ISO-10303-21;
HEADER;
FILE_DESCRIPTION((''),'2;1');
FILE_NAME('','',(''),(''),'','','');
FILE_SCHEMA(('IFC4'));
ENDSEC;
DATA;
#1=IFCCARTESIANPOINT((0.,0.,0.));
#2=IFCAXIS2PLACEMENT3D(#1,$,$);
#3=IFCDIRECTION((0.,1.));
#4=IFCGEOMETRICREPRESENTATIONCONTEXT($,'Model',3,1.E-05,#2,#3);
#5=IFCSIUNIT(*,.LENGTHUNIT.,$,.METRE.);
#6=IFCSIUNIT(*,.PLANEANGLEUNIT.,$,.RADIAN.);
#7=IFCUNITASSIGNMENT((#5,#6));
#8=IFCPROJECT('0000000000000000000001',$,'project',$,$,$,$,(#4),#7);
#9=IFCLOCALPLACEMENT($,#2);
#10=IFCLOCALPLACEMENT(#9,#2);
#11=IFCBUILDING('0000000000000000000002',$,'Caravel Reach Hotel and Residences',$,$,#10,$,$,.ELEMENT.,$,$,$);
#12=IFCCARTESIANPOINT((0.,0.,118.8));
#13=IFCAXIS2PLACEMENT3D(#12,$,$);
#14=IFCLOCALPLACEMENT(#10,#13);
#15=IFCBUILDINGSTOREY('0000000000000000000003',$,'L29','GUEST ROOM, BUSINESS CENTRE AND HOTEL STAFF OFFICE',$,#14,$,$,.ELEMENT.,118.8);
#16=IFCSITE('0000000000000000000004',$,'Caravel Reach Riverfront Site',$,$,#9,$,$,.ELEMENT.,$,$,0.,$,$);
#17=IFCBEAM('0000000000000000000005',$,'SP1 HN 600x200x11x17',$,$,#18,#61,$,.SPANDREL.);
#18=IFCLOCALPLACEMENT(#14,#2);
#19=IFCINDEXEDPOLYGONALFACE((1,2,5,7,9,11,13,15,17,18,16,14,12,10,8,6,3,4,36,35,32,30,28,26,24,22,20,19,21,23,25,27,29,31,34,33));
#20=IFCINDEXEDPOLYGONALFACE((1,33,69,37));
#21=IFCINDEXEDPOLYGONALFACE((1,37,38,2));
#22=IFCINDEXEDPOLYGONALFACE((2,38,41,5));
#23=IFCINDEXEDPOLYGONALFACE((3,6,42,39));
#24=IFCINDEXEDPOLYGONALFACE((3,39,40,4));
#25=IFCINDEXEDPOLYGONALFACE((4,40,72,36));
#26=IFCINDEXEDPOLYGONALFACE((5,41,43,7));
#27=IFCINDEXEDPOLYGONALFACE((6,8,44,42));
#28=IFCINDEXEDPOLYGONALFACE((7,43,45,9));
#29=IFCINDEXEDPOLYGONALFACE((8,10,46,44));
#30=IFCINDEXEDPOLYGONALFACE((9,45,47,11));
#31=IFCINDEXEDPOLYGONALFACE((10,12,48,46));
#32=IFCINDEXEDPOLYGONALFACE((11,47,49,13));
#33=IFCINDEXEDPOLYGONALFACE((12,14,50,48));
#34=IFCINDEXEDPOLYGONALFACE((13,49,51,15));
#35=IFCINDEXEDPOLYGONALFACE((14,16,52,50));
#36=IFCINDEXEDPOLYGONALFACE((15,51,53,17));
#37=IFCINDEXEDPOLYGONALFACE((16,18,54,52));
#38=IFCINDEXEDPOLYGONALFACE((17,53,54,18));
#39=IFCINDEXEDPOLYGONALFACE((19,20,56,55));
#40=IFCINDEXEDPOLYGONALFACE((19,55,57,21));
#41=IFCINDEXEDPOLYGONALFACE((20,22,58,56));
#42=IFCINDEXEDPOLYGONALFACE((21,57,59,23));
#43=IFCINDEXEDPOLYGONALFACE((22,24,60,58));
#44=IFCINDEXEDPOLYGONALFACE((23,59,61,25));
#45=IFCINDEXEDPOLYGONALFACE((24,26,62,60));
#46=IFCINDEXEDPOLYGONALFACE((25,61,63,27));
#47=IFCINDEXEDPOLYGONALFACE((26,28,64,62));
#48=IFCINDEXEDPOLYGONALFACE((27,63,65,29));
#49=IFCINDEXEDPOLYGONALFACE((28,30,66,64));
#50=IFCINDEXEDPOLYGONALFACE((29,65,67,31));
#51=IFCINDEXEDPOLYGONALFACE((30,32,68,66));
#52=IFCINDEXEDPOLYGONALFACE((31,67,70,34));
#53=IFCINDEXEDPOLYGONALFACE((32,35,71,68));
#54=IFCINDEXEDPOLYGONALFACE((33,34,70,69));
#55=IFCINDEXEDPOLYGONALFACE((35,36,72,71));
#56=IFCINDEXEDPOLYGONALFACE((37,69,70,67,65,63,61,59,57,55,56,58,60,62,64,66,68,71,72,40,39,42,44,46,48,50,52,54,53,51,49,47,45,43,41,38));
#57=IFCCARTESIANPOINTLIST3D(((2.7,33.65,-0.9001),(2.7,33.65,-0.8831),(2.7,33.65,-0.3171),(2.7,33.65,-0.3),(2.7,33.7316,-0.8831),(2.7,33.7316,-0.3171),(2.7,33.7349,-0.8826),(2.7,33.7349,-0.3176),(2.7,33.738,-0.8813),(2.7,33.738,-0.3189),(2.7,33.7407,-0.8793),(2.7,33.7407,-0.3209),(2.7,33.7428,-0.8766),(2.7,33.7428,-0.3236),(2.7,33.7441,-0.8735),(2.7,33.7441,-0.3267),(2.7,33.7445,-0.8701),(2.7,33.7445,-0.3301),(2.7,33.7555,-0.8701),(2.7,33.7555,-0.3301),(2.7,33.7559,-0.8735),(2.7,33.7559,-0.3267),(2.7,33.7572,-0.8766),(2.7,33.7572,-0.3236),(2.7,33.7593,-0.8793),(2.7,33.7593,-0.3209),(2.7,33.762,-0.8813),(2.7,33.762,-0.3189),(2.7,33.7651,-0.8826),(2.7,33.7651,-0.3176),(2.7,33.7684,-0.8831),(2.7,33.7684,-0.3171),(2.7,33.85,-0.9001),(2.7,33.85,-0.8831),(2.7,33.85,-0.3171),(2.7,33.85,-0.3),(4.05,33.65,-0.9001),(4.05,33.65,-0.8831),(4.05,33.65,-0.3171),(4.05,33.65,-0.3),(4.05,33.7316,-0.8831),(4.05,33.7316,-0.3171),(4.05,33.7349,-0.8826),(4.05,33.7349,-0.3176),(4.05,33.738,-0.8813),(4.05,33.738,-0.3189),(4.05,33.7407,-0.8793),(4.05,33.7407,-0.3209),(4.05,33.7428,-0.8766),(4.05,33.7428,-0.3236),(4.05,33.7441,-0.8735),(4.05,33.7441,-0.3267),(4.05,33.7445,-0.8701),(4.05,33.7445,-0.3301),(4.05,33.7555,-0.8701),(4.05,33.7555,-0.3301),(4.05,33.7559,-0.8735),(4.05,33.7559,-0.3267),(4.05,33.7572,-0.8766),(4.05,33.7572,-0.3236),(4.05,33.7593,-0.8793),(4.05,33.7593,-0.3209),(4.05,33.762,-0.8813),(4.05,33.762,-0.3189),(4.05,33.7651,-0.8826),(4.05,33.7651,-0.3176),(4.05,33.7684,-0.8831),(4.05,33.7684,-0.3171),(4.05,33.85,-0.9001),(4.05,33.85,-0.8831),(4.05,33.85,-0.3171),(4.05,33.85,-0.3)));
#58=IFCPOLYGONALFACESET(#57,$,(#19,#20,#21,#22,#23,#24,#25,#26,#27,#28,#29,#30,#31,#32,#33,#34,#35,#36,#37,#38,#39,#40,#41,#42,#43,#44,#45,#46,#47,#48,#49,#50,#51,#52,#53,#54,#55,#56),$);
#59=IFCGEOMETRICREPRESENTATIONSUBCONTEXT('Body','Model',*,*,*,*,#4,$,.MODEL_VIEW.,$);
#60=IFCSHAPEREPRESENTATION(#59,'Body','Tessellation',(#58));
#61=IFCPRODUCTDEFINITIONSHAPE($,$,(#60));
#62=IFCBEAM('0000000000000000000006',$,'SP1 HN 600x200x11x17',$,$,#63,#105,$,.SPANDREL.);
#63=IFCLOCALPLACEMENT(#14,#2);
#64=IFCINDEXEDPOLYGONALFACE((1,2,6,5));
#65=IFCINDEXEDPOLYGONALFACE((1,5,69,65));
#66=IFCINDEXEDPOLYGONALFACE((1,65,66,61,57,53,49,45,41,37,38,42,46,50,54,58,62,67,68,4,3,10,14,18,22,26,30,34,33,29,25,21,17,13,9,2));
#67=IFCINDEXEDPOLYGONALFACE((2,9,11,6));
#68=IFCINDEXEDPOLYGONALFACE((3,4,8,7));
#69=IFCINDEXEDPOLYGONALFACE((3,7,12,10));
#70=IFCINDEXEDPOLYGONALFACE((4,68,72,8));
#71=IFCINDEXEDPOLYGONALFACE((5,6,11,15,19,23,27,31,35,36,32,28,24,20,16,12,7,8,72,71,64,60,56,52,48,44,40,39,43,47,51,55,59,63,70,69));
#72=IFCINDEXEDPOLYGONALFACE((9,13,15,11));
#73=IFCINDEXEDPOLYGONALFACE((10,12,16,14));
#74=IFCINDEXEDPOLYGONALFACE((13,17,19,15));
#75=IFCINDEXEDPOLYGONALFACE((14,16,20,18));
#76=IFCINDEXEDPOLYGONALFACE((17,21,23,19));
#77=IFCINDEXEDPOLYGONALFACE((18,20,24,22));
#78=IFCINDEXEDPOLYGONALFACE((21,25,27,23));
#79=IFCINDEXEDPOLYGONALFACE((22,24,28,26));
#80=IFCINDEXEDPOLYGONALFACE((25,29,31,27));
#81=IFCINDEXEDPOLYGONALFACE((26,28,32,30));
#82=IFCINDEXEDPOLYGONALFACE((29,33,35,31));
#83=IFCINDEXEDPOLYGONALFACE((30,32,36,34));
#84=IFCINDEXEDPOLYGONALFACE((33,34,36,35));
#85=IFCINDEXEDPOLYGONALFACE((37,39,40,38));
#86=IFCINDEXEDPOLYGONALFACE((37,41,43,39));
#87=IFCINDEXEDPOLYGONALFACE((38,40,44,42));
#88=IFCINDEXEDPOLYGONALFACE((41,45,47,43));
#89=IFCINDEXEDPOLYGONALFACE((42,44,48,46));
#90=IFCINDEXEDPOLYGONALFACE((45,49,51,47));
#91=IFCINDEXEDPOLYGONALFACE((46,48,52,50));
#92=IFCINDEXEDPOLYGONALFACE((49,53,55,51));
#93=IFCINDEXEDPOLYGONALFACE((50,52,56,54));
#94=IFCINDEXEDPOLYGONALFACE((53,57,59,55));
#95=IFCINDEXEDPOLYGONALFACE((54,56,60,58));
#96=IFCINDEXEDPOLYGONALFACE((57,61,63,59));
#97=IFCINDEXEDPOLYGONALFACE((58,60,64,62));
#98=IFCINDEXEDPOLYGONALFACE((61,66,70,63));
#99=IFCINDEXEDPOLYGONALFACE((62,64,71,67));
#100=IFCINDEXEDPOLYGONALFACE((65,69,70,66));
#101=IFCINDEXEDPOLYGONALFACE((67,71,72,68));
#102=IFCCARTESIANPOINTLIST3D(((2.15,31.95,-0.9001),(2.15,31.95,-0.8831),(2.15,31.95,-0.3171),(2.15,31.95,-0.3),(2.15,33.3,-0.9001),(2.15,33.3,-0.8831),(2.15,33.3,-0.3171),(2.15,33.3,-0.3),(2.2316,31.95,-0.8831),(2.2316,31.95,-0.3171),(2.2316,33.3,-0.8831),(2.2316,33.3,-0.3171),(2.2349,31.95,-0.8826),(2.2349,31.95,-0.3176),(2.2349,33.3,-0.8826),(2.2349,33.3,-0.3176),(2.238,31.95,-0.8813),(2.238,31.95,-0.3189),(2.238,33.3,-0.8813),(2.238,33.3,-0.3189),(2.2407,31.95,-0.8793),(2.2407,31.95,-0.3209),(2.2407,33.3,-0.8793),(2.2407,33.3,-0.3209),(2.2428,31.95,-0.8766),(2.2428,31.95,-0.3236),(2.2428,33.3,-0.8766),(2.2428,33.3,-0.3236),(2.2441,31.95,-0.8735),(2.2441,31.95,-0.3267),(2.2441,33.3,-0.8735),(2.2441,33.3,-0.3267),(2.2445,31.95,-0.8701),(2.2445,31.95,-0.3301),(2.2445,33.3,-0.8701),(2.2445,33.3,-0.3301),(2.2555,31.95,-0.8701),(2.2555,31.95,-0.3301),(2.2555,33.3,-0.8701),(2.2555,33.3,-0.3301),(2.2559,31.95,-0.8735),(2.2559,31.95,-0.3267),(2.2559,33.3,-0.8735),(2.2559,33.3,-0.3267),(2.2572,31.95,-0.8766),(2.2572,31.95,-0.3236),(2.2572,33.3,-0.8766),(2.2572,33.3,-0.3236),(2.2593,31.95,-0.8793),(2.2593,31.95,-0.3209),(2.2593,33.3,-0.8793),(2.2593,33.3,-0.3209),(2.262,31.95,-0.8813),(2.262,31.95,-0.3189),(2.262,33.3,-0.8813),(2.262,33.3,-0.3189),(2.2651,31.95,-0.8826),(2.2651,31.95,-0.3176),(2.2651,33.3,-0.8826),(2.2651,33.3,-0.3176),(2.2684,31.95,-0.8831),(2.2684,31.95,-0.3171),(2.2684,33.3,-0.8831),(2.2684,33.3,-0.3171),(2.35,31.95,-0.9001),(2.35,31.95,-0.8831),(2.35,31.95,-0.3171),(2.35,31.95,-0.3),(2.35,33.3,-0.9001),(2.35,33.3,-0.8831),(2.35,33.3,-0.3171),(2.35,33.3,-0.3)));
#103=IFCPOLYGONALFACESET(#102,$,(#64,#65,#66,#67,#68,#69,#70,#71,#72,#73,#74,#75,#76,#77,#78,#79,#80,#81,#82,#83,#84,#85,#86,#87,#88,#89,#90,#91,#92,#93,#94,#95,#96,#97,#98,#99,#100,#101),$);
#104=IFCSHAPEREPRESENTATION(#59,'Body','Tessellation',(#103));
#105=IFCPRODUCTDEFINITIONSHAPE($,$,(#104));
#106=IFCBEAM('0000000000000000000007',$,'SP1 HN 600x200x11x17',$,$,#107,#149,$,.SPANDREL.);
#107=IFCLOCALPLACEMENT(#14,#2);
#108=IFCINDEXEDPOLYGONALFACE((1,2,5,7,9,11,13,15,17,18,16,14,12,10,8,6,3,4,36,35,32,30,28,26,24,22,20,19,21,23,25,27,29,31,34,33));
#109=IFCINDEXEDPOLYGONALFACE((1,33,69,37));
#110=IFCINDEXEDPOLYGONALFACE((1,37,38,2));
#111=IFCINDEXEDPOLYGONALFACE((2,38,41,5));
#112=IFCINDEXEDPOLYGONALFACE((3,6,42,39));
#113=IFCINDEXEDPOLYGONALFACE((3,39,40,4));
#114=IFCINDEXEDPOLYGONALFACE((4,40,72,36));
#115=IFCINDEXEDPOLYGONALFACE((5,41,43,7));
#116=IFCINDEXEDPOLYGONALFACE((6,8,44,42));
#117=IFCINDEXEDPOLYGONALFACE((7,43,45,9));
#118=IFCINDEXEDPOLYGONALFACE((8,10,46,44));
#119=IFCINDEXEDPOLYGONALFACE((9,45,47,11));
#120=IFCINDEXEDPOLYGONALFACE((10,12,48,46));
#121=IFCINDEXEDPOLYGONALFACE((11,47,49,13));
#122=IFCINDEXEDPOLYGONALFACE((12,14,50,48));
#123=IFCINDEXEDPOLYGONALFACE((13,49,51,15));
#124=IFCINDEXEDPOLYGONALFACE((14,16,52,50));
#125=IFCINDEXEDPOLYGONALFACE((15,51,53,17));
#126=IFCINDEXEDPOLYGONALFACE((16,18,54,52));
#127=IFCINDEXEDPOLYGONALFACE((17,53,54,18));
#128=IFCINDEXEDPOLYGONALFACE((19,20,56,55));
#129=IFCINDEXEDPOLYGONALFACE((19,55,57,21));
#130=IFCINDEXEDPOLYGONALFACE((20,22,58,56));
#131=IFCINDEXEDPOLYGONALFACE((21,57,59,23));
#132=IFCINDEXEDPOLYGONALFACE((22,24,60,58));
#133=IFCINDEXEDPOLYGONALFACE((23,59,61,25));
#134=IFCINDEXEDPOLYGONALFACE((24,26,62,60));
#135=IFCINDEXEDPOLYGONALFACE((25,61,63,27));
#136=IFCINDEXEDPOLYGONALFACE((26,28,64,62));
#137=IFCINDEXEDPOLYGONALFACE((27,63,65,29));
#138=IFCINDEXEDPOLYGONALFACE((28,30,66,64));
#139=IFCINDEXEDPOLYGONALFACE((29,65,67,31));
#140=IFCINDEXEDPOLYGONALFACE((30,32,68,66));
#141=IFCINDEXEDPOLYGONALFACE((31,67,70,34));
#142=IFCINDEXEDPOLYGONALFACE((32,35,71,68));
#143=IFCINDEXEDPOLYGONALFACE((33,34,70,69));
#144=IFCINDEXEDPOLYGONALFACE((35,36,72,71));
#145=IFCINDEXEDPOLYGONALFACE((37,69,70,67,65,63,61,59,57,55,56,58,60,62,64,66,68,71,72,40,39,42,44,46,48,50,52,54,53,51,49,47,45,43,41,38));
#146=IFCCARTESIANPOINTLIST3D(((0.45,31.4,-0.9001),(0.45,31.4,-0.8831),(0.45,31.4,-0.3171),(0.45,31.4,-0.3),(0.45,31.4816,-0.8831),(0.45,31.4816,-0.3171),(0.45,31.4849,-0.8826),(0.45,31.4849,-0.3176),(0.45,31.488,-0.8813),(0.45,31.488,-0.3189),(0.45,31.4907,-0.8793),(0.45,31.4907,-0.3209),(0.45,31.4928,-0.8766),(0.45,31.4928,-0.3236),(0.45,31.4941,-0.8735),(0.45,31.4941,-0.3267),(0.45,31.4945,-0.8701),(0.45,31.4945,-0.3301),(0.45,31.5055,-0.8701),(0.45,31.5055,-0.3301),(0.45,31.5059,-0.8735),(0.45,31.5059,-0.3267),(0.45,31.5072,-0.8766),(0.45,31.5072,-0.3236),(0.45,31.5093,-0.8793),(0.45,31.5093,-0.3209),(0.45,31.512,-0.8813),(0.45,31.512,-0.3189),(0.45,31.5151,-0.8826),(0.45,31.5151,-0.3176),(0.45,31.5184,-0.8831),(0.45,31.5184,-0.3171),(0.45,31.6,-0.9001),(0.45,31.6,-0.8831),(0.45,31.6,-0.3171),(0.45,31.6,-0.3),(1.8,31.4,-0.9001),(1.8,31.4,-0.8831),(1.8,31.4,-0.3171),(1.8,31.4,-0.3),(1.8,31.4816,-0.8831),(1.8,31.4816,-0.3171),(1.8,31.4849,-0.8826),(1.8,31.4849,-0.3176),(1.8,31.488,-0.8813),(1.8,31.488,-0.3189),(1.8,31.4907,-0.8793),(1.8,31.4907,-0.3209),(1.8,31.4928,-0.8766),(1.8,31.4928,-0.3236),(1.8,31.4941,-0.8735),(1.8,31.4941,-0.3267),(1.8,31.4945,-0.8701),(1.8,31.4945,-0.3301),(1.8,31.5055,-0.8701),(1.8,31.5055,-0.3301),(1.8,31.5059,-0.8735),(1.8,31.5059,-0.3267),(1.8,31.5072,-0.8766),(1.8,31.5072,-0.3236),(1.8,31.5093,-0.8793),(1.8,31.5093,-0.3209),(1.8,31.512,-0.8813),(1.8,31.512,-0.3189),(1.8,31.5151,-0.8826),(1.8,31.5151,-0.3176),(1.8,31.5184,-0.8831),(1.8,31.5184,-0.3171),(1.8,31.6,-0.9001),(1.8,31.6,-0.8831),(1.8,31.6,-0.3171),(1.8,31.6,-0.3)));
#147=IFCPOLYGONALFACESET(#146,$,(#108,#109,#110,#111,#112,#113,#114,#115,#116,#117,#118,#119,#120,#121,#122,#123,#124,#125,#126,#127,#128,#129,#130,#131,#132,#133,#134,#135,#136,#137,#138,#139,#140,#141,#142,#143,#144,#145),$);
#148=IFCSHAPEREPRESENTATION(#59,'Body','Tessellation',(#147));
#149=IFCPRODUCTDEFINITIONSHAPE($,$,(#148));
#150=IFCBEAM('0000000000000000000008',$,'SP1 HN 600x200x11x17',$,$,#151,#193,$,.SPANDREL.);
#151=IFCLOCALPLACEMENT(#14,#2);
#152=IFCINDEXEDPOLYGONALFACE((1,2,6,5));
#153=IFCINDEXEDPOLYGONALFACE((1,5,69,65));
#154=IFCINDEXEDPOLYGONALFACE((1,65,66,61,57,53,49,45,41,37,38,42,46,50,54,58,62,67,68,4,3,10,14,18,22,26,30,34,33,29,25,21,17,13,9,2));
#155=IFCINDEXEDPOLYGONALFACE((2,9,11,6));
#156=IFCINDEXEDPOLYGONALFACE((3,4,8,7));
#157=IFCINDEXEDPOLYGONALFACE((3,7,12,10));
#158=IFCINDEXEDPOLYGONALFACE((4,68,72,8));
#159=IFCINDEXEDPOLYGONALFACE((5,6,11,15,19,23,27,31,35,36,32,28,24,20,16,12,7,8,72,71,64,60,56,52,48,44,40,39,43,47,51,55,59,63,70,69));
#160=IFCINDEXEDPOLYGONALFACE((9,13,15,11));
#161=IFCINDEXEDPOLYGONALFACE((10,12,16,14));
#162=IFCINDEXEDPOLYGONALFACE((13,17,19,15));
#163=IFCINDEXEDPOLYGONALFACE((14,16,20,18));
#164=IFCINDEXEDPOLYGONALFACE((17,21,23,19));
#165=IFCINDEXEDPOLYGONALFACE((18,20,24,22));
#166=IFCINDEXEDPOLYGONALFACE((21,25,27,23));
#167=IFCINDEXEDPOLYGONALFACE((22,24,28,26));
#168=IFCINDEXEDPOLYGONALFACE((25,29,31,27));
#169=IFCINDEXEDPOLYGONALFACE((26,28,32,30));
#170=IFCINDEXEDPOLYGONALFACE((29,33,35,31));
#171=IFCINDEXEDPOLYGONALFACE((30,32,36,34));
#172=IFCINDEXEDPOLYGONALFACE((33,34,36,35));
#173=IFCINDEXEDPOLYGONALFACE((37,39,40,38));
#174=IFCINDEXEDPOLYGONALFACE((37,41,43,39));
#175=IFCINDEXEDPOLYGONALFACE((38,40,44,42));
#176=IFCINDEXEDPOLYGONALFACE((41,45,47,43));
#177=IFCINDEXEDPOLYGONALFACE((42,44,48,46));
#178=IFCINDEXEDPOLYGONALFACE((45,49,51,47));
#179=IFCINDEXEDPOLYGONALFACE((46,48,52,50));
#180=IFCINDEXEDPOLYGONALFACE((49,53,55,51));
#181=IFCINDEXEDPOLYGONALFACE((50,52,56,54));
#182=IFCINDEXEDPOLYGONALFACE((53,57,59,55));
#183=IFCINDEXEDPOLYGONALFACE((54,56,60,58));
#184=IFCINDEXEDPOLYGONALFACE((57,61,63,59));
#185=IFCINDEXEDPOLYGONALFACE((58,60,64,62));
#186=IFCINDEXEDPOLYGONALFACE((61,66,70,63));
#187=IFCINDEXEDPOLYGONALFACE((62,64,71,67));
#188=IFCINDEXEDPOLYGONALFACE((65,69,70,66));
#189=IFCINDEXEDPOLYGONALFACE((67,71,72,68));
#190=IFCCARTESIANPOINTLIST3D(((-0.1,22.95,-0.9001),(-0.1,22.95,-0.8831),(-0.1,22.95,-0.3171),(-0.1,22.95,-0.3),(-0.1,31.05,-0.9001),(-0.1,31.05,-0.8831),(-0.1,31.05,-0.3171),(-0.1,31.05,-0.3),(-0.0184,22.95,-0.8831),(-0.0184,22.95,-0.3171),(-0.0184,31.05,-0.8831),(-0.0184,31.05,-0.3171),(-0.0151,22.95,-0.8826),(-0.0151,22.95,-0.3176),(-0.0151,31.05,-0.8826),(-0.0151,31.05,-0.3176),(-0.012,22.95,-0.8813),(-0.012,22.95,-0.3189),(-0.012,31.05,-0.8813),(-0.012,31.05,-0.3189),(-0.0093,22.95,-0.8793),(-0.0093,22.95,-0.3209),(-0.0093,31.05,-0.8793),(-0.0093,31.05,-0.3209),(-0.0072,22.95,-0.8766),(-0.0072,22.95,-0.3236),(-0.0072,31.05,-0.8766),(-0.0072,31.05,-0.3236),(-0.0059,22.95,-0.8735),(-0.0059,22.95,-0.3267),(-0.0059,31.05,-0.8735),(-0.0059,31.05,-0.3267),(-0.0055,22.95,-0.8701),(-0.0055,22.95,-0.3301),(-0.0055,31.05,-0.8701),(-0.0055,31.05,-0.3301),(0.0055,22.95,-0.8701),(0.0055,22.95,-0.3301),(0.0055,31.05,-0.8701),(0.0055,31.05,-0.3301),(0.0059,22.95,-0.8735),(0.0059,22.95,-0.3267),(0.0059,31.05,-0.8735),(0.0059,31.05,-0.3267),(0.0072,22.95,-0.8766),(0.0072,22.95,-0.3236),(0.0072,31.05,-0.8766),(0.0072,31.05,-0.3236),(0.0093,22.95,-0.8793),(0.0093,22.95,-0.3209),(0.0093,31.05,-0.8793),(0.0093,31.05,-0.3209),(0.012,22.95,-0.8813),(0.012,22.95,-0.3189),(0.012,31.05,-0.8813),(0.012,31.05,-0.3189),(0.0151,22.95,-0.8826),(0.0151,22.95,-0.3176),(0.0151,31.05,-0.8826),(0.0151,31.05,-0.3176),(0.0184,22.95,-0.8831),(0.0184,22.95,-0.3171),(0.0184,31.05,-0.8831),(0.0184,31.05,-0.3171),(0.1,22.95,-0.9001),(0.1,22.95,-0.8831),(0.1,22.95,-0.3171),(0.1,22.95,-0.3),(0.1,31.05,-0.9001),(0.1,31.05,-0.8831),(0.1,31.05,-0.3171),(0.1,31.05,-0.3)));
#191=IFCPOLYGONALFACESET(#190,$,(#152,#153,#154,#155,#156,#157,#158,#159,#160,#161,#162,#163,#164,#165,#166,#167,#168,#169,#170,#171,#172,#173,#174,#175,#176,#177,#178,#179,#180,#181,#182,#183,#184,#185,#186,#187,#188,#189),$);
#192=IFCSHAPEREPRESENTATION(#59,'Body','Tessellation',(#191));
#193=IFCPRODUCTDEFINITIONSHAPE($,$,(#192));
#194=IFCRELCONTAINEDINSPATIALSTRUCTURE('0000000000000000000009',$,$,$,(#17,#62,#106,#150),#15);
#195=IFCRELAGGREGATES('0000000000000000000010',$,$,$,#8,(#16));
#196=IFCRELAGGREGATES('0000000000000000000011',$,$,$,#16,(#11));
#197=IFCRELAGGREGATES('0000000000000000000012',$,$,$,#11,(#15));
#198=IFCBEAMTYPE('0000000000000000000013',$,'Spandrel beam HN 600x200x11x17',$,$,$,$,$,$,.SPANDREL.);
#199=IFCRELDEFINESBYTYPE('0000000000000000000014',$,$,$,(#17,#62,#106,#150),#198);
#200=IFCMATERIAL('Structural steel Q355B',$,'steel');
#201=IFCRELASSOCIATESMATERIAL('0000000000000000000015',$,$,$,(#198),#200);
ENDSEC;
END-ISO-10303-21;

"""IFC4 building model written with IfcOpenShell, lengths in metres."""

from ifc_helpers import new_model, si_unit, direction, frame, origin, origin_2d, place, context, subcontext, project, spatial, i_section, extrude, material, material_profile, profile_set, type_object, element, save


model = new_model("IFC4")

# Units and contexts
model_context = context("Model", 3, precision=1e-05, world=origin(), true_north=direction((0.0, 1.0)))
body_context = subcontext(model_context, "Body", "Model", "MODEL_VIEW")
ifc_project = project(units=[si_unit("LENGTHUNIT", "METRE"), si_unit("PLANEANGLEUNIT", "RADIAN")], contexts=[model_context])

# Site, building, storey
site_placement = place(None, origin())
site = spatial("IfcSite", under=ifc_project, at=site_placement, Name="Caravel Reach Riverfront Site", CompositionType="ELEMENT", RefElevation=0.0)
building_placement = place(site_placement, origin())
building = spatial("IfcBuilding", under=site, at=building_placement, Name="Caravel Reach Hotel and Residences", CompositionType="ELEMENT")
storey_placement = place(building_placement, frame((0.0, 0.0, 118.8)))
storey = spatial("IfcBuildingStorey", under=building, at=storey_placement, Name="L29", Description="GUEST ROOM, BUSINESS CENTRE AND HOTEL STAFF OFFICE", CompositionType="ELEMENT", Elevation=118.8)

# Beams
ifc_material_1 = material(Name="Structural steel Q355B", Category="steel")
ifc_material_profile_1 = material_profile(ifc_material_1, i_section(OverallWidth=0.2, OverallDepth=0.6001, WebThickness=0.011, FlangeThickness=0.0171, FilletRadius=0.0129, at=origin_2d()), Name="HN 600x200x11x17")
ifc_profile_set_1 = profile_set([ifc_material_profile_1], Name="Structural steel Q355B")
beam_type = type_object("IfcBeamType", Name="Spandrel beam HN 600x200x11x17", PredefinedType="SPANDREL", material=ifc_profile_set_1)
for number, where, z_axis, x_axis, name in (
    (1, (4.05, 33.75, -0.6001), (-1.0, 0.0, 0.0), (0.0, -1.0, 0.0), "SP1 HN 600x200x11x17"),
    (2, (2.25, 33.3, -0.6001), (0.0, -1.0, 0.0), (1.0, 0.0, 0.0), "SP1 HN 600x200x11x17"),
    (3, (1.8, 31.5, -0.6001), (-1.0, 0.0, 0.0), (0.0, -1.0, 0.0), "SP1 HN 600x200x11x17"),
):
    element("IfcBeam", number, at=place(storey_placement, frame(where, z_axis=z_axis, x_axis=x_axis)), inside=storey, type_object=beam_type, Name=name, PredefinedType="SPANDREL", context=body_context, shape_type="SweptSolid", body=[
        extrude(i_section(OverallWidth=0.2, OverallDepth=0.6001, WebThickness=0.011, FlangeThickness=0.0171, FilletRadius=0.0129, at=origin_2d()), origin(), (0.0, 0.0, 1.0), 1.3501),
    ])
beam_1_placement = place(storey_placement, frame((0.0, 31.05, -0.6001), z_axis=(0.0, -1.0, 0.0), x_axis=(1.0, 0.0, 0.0)))
element("IfcBeam", 4, at=beam_1_placement, inside=storey, type_object=beam_type, Name="SP1 HN 600x200x11x17", PredefinedType="SPANDREL", context=body_context, shape_type="SweptSolid", body=[
    extrude(i_section(OverallWidth=0.2, OverallDepth=0.6001, WebThickness=0.011, FlangeThickness=0.0171, FilletRadius=0.0129, at=origin_2d()), origin(), (0.0, 0.0, 1.0), 8.1001),
])

save(model, "model.ifc")
